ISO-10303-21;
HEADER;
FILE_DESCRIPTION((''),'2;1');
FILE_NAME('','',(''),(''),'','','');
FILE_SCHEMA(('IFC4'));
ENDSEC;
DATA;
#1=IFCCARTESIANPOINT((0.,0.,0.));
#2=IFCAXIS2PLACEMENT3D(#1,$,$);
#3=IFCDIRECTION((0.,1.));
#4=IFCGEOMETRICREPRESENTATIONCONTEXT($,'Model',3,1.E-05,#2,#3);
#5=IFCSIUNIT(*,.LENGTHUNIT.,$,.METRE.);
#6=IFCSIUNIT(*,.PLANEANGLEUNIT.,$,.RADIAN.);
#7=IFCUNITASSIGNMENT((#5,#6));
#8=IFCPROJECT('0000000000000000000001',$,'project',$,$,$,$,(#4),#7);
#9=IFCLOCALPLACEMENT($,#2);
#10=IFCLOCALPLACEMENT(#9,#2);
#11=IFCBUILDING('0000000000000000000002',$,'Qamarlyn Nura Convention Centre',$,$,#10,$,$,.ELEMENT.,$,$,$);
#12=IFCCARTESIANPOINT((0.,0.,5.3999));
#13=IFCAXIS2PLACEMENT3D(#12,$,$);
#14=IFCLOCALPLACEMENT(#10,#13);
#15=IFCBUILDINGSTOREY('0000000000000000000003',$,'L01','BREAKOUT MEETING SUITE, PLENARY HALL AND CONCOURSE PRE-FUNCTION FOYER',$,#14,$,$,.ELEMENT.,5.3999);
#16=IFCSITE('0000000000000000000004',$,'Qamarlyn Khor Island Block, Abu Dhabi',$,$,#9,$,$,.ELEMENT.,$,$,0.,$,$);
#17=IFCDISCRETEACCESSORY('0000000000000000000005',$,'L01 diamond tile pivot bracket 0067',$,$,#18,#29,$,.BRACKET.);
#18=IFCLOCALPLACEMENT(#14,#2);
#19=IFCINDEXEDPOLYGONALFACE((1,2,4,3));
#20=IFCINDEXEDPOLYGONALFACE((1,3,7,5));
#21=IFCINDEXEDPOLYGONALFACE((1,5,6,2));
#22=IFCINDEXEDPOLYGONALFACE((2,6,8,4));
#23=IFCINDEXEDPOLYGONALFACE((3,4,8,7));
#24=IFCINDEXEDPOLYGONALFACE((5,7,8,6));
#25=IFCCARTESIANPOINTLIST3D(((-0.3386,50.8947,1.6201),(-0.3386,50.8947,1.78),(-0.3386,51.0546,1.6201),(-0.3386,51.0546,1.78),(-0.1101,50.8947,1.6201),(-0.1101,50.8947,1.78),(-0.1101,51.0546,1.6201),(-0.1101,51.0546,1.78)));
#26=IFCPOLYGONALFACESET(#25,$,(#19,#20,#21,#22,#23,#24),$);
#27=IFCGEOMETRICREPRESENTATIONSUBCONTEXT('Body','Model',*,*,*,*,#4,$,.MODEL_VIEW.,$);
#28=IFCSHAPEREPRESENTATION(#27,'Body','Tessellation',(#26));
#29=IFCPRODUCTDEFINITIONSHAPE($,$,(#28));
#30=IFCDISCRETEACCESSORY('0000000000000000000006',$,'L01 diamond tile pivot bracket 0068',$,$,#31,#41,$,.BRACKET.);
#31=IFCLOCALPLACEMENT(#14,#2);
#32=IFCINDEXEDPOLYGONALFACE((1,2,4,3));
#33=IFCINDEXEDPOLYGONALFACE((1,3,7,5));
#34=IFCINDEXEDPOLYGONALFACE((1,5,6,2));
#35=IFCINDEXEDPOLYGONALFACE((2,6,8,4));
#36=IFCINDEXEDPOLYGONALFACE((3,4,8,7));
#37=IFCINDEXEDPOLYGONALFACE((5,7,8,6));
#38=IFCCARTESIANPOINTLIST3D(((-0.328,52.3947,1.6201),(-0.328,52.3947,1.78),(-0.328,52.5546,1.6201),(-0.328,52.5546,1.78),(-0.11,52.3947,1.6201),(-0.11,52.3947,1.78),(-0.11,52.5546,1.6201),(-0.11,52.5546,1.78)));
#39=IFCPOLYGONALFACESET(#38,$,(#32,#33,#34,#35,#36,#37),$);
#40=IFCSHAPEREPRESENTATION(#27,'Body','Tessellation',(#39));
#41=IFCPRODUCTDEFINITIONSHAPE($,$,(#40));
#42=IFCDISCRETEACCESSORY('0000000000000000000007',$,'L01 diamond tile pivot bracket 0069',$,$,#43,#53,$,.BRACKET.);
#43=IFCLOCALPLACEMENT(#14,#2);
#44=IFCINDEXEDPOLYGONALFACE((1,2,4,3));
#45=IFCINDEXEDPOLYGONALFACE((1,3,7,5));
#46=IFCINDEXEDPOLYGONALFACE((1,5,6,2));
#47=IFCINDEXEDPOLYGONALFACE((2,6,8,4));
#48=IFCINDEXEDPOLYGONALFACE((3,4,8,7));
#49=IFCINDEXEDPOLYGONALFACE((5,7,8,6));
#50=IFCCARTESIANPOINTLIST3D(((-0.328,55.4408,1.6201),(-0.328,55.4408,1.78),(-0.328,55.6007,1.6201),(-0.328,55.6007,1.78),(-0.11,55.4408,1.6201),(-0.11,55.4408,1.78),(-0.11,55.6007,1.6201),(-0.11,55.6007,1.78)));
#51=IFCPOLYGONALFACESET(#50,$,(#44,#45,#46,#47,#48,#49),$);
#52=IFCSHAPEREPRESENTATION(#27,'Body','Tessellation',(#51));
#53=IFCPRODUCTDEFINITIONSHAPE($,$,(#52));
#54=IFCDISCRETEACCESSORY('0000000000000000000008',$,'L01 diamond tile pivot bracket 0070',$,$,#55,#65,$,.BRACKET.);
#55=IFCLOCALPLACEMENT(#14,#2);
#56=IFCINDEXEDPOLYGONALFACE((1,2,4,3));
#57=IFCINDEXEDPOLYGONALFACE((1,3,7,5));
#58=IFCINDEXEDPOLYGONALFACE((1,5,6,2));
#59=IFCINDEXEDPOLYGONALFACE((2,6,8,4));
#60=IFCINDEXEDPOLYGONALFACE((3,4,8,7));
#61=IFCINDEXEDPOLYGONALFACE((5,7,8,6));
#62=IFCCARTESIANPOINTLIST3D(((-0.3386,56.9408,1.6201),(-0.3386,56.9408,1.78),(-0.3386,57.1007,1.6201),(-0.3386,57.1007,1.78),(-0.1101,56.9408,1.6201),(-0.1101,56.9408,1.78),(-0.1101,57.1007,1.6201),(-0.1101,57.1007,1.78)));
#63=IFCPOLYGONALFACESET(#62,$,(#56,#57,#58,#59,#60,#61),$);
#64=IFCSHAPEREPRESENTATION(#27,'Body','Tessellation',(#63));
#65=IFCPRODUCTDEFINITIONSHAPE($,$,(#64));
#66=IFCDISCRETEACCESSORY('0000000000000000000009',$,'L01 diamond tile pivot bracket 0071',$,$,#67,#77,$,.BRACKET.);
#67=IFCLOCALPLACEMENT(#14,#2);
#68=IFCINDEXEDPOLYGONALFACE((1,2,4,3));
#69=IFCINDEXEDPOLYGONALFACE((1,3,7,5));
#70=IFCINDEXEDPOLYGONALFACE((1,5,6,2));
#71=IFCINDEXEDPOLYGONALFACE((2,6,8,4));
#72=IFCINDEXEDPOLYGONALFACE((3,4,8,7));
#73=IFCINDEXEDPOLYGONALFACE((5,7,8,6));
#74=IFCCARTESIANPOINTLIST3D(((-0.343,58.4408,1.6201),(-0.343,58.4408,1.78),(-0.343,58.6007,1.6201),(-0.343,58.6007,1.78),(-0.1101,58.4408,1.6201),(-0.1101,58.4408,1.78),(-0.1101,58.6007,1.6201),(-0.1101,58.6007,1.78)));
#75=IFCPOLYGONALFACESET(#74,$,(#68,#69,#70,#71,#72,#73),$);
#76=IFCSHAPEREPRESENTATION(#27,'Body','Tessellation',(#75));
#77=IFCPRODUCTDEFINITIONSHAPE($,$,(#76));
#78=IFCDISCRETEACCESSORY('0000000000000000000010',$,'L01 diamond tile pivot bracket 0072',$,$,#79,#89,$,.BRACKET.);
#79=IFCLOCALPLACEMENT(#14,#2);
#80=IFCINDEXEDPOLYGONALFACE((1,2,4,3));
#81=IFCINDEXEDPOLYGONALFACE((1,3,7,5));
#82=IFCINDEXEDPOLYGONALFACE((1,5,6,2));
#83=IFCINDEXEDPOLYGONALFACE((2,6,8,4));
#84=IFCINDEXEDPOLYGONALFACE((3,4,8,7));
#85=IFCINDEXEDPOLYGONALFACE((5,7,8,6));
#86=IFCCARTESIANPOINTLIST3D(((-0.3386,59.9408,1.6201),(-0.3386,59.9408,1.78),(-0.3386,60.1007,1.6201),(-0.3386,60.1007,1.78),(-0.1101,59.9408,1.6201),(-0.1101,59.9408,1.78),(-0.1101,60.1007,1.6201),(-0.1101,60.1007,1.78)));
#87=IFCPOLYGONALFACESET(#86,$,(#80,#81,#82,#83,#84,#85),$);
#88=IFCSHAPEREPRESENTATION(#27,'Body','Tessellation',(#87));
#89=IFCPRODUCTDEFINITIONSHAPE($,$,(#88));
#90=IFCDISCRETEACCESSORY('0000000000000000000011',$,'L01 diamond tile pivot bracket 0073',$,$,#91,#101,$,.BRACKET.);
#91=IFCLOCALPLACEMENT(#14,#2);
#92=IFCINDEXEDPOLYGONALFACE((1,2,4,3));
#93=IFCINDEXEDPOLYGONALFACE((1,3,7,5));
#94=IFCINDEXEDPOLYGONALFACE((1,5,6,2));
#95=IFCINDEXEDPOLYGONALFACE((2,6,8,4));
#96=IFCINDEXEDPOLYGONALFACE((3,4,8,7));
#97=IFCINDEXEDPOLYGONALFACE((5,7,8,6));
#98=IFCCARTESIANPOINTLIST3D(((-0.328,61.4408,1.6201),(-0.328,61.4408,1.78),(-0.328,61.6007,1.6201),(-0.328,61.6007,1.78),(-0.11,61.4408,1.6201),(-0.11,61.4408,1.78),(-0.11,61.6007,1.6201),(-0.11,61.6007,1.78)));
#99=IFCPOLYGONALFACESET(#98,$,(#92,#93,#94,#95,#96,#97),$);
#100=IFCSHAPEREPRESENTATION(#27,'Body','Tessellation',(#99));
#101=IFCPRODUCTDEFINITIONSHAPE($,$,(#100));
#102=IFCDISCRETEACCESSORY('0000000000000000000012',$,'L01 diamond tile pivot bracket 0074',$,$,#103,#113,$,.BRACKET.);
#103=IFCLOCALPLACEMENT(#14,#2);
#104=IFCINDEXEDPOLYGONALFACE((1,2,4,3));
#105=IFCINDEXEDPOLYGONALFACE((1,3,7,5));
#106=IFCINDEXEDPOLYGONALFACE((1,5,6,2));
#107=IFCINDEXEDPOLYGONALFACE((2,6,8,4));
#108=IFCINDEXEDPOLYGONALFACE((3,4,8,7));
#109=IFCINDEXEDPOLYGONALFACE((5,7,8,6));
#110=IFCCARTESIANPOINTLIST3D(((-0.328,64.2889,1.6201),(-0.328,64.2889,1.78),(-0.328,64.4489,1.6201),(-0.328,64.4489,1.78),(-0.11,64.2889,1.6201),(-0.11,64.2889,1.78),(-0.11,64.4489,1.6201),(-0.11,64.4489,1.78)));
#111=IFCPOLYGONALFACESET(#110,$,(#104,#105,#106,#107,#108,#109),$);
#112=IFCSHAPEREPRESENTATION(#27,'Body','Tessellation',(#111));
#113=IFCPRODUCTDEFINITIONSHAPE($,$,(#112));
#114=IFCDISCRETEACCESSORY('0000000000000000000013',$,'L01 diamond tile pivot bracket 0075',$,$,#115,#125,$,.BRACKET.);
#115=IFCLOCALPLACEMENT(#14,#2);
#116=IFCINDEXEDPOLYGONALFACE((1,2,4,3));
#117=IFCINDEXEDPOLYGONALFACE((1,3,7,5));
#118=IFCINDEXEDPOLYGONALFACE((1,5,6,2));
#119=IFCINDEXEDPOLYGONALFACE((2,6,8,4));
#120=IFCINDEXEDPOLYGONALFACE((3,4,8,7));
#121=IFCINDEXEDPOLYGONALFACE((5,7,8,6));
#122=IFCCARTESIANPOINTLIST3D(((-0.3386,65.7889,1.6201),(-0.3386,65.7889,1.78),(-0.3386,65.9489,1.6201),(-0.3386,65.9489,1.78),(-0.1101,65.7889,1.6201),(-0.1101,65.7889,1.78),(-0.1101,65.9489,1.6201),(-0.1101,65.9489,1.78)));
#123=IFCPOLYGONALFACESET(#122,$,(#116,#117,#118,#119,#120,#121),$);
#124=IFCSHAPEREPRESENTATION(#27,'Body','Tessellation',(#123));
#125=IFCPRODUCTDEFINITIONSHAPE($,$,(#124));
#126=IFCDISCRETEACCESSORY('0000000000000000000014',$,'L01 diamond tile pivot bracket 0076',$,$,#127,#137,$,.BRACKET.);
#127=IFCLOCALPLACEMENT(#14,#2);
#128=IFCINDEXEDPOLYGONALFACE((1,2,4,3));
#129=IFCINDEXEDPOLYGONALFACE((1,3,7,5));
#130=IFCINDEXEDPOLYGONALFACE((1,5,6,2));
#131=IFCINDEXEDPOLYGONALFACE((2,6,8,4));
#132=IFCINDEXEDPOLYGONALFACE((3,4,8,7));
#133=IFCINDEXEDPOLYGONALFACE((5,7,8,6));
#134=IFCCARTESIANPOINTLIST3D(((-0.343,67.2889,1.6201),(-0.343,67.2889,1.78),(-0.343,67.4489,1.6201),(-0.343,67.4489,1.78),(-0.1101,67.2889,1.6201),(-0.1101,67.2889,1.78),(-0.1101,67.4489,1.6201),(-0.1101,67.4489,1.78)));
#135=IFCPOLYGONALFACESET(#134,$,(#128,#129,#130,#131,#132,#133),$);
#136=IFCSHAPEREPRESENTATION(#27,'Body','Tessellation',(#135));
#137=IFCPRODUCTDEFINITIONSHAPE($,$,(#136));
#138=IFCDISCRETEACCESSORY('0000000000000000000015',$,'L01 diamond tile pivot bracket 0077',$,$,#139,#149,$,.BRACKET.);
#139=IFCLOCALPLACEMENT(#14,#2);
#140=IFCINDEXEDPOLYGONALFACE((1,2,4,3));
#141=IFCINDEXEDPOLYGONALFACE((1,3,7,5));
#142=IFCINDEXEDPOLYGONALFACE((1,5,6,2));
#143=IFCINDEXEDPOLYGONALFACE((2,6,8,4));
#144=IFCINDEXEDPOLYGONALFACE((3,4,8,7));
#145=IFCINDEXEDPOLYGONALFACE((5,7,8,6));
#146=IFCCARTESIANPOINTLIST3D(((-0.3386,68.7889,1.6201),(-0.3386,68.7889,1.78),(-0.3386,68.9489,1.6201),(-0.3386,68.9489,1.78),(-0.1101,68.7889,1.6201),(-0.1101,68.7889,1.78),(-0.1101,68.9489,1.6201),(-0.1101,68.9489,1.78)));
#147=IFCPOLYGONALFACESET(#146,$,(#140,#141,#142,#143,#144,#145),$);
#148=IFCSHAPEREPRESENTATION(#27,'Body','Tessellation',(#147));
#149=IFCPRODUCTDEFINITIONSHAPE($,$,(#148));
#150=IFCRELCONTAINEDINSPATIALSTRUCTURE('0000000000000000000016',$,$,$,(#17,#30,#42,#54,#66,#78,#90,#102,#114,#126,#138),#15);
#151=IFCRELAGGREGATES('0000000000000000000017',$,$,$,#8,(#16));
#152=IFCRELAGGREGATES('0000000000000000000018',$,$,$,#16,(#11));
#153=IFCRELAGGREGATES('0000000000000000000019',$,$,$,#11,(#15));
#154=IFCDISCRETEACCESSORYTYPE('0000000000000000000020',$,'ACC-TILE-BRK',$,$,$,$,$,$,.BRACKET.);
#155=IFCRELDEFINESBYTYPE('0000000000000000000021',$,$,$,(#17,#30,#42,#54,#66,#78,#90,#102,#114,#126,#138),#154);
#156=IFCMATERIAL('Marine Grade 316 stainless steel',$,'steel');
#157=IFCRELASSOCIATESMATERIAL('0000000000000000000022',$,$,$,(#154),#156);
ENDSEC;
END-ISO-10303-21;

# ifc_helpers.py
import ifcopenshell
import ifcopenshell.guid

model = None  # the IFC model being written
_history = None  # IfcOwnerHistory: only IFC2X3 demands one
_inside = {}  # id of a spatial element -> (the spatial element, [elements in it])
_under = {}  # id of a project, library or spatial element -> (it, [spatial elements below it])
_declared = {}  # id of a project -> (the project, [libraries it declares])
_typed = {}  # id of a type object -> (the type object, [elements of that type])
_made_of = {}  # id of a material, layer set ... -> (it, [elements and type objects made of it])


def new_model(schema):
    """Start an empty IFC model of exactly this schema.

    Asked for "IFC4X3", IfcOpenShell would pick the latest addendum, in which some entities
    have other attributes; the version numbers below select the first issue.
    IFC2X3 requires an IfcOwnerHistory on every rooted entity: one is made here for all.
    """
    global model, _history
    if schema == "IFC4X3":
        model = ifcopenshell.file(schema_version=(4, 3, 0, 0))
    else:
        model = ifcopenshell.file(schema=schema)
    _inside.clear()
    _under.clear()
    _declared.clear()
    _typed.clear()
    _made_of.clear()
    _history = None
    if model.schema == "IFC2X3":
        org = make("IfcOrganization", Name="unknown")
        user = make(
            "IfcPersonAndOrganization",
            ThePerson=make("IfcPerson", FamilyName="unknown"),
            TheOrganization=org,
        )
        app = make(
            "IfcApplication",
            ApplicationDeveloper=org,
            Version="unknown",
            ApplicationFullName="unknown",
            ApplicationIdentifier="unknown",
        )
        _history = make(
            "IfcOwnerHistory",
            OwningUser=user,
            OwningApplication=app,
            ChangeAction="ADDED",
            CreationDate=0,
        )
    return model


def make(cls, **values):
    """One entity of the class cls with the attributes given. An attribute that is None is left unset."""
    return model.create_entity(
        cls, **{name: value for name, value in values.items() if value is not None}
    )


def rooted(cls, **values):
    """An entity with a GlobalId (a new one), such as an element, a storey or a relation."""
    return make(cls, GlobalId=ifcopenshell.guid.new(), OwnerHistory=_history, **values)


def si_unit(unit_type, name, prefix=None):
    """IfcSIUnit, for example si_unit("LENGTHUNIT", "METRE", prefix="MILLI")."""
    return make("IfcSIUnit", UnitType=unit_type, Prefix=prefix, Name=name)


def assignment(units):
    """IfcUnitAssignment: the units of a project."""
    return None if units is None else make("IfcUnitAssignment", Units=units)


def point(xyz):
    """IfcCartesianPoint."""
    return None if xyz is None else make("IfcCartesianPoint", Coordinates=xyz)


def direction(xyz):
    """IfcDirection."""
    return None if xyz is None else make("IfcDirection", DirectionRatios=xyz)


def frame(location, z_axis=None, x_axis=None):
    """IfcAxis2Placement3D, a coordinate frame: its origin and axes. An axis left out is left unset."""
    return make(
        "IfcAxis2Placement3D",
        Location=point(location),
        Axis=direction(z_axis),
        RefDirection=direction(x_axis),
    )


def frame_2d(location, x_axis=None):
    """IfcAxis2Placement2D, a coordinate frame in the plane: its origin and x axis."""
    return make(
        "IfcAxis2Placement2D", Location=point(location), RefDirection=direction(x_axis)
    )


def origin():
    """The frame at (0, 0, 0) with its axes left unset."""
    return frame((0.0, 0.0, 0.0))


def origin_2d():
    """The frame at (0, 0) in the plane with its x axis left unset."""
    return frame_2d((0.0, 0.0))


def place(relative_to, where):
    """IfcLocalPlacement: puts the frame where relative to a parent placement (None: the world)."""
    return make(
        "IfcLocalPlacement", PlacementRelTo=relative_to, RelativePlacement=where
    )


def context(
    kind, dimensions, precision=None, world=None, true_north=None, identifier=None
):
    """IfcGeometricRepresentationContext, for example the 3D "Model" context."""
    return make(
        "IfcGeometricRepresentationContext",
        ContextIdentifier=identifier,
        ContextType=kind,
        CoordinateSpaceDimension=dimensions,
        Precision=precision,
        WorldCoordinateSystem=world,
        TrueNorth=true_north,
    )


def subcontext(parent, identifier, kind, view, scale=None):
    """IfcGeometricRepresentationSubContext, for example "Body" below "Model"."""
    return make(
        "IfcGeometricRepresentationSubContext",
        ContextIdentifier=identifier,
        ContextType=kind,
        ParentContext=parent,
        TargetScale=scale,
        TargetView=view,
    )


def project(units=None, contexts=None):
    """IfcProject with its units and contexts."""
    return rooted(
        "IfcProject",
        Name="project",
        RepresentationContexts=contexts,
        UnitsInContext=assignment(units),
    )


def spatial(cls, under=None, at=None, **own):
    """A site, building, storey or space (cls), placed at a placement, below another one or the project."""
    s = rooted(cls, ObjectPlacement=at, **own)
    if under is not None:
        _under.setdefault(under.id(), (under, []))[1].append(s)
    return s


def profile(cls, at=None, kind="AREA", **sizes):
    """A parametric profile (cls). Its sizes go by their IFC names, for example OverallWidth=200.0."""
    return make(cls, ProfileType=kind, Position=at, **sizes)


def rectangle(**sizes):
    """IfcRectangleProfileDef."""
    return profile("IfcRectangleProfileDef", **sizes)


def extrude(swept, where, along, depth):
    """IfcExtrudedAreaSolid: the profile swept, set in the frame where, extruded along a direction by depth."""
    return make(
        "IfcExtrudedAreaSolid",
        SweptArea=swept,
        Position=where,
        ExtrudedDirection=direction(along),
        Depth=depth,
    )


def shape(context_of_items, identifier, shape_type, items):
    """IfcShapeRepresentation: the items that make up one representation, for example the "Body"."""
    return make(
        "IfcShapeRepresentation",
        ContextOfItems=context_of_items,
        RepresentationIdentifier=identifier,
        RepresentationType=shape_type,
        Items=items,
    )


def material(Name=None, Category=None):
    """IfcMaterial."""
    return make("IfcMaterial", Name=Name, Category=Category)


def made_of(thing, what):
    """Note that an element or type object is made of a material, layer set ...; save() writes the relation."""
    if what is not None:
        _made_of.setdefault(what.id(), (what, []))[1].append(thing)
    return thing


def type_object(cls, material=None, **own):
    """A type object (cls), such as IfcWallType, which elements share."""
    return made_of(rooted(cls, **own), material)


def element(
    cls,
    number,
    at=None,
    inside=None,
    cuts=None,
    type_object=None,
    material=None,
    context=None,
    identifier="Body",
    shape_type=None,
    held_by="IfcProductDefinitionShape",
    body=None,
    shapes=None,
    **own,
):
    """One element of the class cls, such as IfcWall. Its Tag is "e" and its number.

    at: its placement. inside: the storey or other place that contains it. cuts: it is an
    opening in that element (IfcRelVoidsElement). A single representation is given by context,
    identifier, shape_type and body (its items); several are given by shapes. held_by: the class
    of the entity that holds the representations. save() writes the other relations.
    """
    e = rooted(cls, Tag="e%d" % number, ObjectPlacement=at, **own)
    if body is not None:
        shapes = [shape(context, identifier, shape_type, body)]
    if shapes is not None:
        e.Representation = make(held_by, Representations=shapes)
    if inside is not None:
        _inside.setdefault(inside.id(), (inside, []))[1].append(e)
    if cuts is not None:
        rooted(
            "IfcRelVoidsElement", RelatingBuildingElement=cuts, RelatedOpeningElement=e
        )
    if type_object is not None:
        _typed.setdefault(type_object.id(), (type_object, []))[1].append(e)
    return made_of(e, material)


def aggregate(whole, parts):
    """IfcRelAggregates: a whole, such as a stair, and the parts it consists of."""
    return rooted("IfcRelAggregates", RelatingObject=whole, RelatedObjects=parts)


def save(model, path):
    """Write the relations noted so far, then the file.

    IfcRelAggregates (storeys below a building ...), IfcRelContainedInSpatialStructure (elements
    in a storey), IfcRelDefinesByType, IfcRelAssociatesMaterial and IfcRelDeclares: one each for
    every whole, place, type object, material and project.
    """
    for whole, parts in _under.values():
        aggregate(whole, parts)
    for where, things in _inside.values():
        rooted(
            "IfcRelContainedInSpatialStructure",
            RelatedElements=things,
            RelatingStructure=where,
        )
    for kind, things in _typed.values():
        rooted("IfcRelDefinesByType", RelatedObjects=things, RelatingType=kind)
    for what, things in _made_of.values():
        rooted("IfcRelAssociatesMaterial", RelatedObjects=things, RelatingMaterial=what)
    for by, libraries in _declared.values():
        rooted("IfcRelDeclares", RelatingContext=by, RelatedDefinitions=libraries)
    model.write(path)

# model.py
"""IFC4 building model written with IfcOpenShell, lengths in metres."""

from ifc_helpers import new_model, si_unit, direction, frame, origin, origin_2d, place, context, subcontext, project, spatial, rectangle, extrude, material, type_object, element, save


model = new_model("IFC4")

# Units and contexts
model_context = context("Model", 3, precision=1e-05, world=origin(), true_north=direction((0.0, 1.0)))
body_context = subcontext(model_context, "Body", "Model", "MODEL_VIEW")
ifc_project = project(units=[si_unit("LENGTHUNIT", "METRE"), si_unit("PLANEANGLEUNIT", "RADIAN")], contexts=[model_context])

# Site, building, storey
site_placement = place(None, origin())
site = spatial("IfcSite", under=ifc_project, at=site_placement, Name="Qamarlyn Khor Island Block, Abu Dhabi", CompositionType="ELEMENT", RefElevation=0.0)
building_placement = place(site_placement, origin())
building = spatial("IfcBuilding", under=site, at=building_placement, Name="Qamarlyn Nura Convention Centre", CompositionType="ELEMENT")
storey_placement = place(building_placement, frame((0.0, 0.0, 5.3999)))
storey = spatial("IfcBuildingStorey", under=building, at=storey_placement, Name="L01", Description="BREAKOUT MEETING SUITE, PLENARY HALL AND CONCOURSE PRE-FUNCTION FOYER", CompositionType="ELEMENT", Elevation=5.3999)

# Discrete accessories
ifc_material_1 = material(Name="Marine Grade 316 stainless steel", Category="steel")
discrete_accessory_type_1 = type_object("IfcDiscreteAccessoryType", Name="ACC-TILE-BRK", PredefinedType="BRACKET", material=ifc_material_1)
discrete_accessory_1_placement = place(storey_placement, frame((-0.2244, 50.9746, 1.6201), z_axis=(0.0, 0.0, 1.0), x_axis=(-1.0, 0.0, 0.0)))
element("IfcDiscreteAccessory", 1, at=discrete_accessory_1_placement, inside=storey, type_object=discrete_accessory_type_1, Name="L01 diamond tile pivot bracket 0067", PredefinedType="BRACKET", context=body_context, shape_type="SweptSolid", body=[
    extrude(rectangle(XDim=0.2285, YDim=0.1599, at=origin_2d()), origin(), (0.0, 0.0, 1.0), 0.1599),
])
for number, where, z_axis, x_axis, name in (
    (2, (-0.219, 52.4746, 1.6201), (0.0, 0.0, 1.0), (-1.0, 0.0, 0.0), "L01 diamond tile pivot bracket 0068"),
    (3, (-0.219, 55.5208, 1.6201), (0.0, 0.0, 1.0), (-1.0, 0.0, 0.0), "L01 diamond tile pivot bracket 0069"),
):
    element("IfcDiscreteAccessory", number, at=place(storey_placement, frame(where, z_axis=z_axis, x_axis=x_axis)), inside=storey, type_object=discrete_accessory_type_1, Name=name, PredefinedType="BRACKET", context=body_context, shape_type="SweptSolid", body=[
        extrude(rectangle(XDim=0.218, YDim=0.1599, at=origin_2d()), origin(), (0.0, 0.0, 1.0), 0.1599),
    ])
discrete_accessory_2_placement = place(storey_placement, frame((-0.2244, 57.0208, 1.6201), z_axis=(0.0, 0.0, 1.0), x_axis=(-1.0, 0.0, 0.0)))
element("IfcDiscreteAccessory", 4, at=discrete_accessory_2_placement, inside=storey, type_object=discrete_accessory_type_1, Name="L01 diamond tile pivot bracket 0070", PredefinedType="BRACKET", context=body_context, shape_type="SweptSolid", body=[
    extrude(rectangle(XDim=0.2285, YDim=0.1599, at=origin_2d()), origin(), (0.0, 0.0, 1.0), 0.1599),
])
discrete_accessory_3_placement = place(storey_placement, frame((-0.2266, 58.5208, 1.6201), z_axis=(0.0, 0.0, 1.0), x_axis=(-1.0, 0.0, 0.0)))
element("IfcDiscreteAccessory", 5, at=discrete_accessory_3_placement, inside=storey, type_object=discrete_accessory_type_1, Name="L01 diamond tile pivot bracket 0071", PredefinedType="BRACKET", context=body_context, shape_type="SweptSolid", body=[
    extrude(rectangle(XDim=0.2329, YDim=0.1599, at=origin_2d()), origin(), (0.0, 0.0, 1.0), 0.1599),
])
discrete_accessory_4_placement = place(storey_placement, frame((-0.2244, 60.0208, 1.6201), z_axis=(0.0, 0.0, 1.0), x_axis=(-1.0, 0.0, 0.0)))
element("IfcDiscreteAccessory", 6, at=discrete_accessory_4_placement, inside=storey, type_object=discrete_accessory_type_1, Name="L01 diamond tile pivot bracket 0072", PredefinedType="BRACKET", context=body_context, shape_type="SweptSolid", body=[
    extrude(rectangle(XDim=0.2285, YDim=0.1599, at=origin_2d()), origin(), (0.0, 0.0, 1.0), 0.1599),
])
for number, where, z_axis, x_axis, name in (
    (7, (-0.219, 61.5208, 1.6201), (0.0, 0.0, 1.0), (-1.0, 0.0, 0.0), "L01 diamond tile pivot bracket 0073"),
    (8, (-0.219, 64.3689, 1.6201), (0.0, 0.0, 1.0), (-1.0, 0.0, 0.0), "L01 diamond tile pivot bracket 0074"),
):
    element("IfcDiscreteAccessory", number, at=place(storey_placement, frame(where, z_axis=z_axis, x_axis=x_axis)), inside=storey, type_object=discrete_accessory_type_1, Name=name, PredefinedType="BRACKET", context=body_context, shape_type="SweptSolid", body=[
        extrude(rectangle(XDim=0.218, YDim=0.1599, at=origin_2d()), origin(), (0.0, 0.0, 1.0), 0.1599),
    ])
discrete_accessory_5_placement = place(storey_placement, frame((-0.2244, 65.8689, 1.6201), z_axis=(0.0, 0.0, 1.0), x_axis=(-1.0, 0.0, 0.0)))
element("IfcDiscreteAccessory", 9, at=discrete_accessory_5_placement, inside=storey, type_object=discrete_accessory_type_1, Name="L01 diamond tile pivot bracket 0075", PredefinedType="BRACKET", context=body_context, shape_type="SweptSolid", body=[
    extrude(rectangle(XDim=0.2285, YDim=0.1599, at=origin_2d()), origin(), (0.0, 0.0, 1.0), 0.1599),
])
discrete_accessory_6_placement = place(storey_placement, frame((-0.2266, 67.3689, 1.6201), z_axis=(0.0, 0.0, 1.0), x_axis=(-1.0, 0.0, 0.0)))
element("IfcDiscreteAccessory", 10, at=discrete_accessory_6_placement, inside=storey, type_object=discrete_accessory_type_1, Name="L01 diamond tile pivot bracket 0076", PredefinedType="BRACKET", context=body_context, shape_type="SweptSolid", body=[
    extrude(rectangle(XDim=0.2329, YDim=0.1599, at=origin_2d()), origin(), (0.0, 0.0, 1.0), 0.1599),
])
discrete_accessory_7_placement = place(storey_placement, frame((-0.2244, 68.8689, 1.6201), z_axis=(0.0, 0.0, 1.0), x_axis=(-1.0, 0.0, 0.0)))
element("IfcDiscreteAccessory", 11, at=discrete_accessory_7_placement, inside=storey, type_object=discrete_accessory_type_1, Name="L01 diamond tile pivot bracket 0077", PredefinedType="BRACKET", context=body_context, shape_type="SweptSolid", body=[
    extrude(rectangle(XDim=0.2285, YDim=0.1599, at=origin_2d()), origin(), (0.0, 0.0, 1.0), 0.1599),
])

save(model, "model.ifc")
